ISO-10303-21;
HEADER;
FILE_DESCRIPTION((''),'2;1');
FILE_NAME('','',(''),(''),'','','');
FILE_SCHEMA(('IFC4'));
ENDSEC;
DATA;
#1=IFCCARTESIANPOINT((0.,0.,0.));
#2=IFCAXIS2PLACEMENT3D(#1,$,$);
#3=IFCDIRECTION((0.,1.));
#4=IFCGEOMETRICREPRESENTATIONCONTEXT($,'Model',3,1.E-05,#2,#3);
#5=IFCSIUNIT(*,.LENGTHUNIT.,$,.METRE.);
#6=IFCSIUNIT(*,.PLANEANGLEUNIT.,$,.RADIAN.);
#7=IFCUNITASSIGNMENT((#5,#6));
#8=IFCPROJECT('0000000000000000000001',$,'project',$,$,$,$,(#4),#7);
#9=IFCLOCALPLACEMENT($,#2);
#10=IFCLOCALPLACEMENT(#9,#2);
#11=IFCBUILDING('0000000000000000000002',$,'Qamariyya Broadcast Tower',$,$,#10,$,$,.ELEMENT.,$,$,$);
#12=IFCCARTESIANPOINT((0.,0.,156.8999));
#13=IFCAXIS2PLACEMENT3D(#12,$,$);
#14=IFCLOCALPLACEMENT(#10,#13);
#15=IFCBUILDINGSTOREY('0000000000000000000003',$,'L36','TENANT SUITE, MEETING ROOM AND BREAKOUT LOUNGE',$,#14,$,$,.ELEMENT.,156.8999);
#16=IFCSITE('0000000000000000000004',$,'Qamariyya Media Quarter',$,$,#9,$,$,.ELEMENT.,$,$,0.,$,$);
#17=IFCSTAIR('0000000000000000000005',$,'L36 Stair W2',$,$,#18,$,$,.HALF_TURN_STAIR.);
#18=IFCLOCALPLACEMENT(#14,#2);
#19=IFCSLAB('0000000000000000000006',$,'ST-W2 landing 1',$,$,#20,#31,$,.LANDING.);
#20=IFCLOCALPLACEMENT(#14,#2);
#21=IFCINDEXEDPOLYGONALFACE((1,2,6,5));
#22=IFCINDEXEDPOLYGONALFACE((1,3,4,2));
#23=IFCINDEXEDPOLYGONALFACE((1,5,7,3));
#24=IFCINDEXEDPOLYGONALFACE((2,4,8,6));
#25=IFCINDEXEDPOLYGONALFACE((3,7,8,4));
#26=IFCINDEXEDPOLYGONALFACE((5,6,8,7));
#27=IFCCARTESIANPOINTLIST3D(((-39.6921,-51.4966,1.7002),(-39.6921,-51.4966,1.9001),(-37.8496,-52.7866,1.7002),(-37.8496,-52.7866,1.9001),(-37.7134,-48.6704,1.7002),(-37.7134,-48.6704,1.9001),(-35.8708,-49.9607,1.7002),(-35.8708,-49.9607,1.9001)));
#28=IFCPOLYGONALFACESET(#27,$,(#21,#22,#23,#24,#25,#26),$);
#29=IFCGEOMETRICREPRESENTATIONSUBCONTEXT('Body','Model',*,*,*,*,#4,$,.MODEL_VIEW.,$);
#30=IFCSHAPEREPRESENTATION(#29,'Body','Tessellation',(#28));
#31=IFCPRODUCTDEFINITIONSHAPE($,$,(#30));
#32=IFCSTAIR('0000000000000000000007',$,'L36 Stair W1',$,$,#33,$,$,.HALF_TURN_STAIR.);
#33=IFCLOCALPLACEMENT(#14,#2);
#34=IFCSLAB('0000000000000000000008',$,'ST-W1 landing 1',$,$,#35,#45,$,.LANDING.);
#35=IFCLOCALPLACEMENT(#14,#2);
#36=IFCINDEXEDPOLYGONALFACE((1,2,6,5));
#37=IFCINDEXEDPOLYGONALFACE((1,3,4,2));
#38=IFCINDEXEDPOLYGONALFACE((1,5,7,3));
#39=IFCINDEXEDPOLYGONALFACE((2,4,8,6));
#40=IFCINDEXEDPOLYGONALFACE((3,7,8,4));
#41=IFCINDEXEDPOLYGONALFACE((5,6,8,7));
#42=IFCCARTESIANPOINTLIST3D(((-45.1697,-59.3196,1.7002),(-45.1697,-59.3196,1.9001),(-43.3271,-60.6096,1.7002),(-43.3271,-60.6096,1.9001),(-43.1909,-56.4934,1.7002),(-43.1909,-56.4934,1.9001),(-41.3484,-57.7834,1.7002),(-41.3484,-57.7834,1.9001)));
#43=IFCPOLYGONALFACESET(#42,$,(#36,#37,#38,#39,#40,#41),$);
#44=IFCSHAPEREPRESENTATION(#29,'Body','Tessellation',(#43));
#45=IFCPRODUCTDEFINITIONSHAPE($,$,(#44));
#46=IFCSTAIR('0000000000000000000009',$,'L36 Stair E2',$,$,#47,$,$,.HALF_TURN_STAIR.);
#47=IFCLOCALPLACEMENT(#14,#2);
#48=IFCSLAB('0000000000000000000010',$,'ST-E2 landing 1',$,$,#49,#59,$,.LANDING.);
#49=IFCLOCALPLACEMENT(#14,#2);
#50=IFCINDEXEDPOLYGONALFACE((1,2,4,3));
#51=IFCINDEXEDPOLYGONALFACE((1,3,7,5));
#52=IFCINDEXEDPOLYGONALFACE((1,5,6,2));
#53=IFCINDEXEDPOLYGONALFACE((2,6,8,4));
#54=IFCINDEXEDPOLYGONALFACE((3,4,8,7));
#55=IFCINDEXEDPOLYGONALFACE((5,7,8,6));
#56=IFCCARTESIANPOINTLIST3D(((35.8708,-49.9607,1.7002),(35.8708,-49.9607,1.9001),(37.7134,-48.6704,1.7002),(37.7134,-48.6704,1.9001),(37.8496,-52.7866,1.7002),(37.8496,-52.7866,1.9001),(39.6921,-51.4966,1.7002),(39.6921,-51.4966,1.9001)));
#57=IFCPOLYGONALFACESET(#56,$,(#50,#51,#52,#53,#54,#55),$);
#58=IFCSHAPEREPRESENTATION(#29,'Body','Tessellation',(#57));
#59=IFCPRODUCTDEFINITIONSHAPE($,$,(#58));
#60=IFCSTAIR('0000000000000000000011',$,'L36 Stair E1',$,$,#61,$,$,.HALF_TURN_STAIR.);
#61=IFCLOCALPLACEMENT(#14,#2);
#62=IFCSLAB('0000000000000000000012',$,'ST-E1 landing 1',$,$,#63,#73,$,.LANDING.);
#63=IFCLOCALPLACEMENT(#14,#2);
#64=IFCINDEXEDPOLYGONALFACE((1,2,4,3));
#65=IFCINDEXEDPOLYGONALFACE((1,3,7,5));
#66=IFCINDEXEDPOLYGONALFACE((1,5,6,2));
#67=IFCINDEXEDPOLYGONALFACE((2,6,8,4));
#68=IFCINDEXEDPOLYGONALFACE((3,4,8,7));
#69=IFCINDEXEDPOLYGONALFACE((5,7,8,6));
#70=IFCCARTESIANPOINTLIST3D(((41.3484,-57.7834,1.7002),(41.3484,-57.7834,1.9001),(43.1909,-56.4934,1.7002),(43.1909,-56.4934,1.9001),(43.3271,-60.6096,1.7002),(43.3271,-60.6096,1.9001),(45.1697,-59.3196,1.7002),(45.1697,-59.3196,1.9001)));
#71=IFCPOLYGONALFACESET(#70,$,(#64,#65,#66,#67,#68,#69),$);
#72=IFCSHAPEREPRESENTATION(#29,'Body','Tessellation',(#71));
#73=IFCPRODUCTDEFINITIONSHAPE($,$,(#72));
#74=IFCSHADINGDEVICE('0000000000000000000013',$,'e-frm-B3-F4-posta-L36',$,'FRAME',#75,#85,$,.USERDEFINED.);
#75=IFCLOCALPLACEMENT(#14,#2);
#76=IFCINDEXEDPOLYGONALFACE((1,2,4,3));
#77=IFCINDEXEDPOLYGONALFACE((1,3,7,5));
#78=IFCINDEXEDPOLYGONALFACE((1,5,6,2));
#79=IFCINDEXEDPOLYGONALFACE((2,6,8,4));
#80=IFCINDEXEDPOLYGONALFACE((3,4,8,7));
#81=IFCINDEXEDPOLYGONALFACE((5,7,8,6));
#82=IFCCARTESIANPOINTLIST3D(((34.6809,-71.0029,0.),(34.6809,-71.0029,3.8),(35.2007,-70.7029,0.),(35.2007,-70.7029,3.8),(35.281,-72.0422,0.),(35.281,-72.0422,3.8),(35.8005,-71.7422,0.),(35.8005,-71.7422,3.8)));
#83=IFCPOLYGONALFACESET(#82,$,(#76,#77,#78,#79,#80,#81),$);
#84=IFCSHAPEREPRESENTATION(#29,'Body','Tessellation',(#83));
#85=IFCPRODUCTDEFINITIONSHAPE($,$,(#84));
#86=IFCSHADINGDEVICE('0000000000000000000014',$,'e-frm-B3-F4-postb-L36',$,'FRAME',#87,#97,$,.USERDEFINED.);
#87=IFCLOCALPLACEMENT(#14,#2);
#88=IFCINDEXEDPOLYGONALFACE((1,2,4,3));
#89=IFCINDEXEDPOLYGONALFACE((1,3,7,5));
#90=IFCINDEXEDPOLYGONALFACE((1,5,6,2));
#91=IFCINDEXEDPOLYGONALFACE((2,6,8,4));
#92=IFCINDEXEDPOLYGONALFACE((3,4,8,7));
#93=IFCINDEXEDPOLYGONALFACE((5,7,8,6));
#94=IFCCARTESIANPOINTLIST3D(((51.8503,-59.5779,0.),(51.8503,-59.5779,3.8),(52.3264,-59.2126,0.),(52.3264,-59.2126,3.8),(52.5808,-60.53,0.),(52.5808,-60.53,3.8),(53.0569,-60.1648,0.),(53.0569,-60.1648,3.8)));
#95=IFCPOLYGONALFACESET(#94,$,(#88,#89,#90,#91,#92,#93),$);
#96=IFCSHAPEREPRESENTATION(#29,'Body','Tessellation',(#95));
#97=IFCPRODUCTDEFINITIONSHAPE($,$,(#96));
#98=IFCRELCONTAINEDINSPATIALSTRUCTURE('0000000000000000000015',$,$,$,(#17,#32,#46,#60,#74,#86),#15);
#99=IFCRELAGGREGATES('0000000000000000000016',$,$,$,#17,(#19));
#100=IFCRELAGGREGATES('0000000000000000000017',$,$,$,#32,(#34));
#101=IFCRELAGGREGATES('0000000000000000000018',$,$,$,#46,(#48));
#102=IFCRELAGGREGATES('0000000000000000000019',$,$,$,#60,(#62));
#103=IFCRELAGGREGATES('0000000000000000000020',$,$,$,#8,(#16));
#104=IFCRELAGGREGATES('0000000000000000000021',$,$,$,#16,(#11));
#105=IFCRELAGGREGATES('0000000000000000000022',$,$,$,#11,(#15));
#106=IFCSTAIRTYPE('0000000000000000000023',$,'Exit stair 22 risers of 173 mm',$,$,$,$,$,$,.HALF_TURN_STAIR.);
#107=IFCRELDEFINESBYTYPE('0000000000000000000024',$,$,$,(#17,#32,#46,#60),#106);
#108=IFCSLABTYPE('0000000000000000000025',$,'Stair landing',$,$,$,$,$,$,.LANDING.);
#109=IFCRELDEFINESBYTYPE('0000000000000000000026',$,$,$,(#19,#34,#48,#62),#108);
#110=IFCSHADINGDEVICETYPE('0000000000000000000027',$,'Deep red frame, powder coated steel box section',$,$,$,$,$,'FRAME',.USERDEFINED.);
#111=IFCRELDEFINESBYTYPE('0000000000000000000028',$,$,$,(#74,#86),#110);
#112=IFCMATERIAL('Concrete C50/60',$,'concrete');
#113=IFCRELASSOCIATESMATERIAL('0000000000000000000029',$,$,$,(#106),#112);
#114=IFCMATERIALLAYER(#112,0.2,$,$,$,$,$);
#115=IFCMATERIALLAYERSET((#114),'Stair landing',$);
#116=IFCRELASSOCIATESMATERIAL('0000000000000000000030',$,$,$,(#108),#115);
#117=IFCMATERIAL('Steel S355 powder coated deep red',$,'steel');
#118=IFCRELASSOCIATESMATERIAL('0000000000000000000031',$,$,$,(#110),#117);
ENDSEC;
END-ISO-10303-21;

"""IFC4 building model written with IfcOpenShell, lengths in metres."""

from ifc_helpers import new_model, si_unit, direction, frame, origin, place, context, subcontext, project, spatial, polyline, outline, extrude, material, layer, layer_set, type_object, element, aggregate, save


model = new_model("IFC4")

# Units and contexts
model_context = context("Model", 3, precision=1e-05, world=origin(), true_north=direction((0.0, 1.0)))
body_context = subcontext(model_context, "Body", "Model", "MODEL_VIEW")
ifc_project = project(units=[si_unit("LENGTHUNIT", "METRE"), si_unit("PLANEANGLEUNIT", "RADIAN")], contexts=[model_context])

# Site, building, storey
site_placement = place(None, origin())
building_placement = place(site_placement, origin())
storey_placement = place(building_placement, frame((0.0, 0.0, 156.8999)))
site = spatial("IfcSite", under=ifc_project, at=site_placement, Name="Qamariyya Media Quarter", CompositionType="ELEMENT", RefElevation=0.0)
building = spatial("IfcBuilding", under=site, at=building_placement, Name="Qamariyya Broadcast Tower", CompositionType="ELEMENT")
storey = spatial("IfcBuildingStorey", under=building, at=storey_placement, Name="L36", Description="TENANT SUITE, MEETING ROOM AND BREAKOUT LOUNGE", CompositionType="ELEMENT", Elevation=156.8999)

# Stairs, slabs
ifc_material_1 = material(Name="Concrete C50/60", Category="concrete")
stair_type = type_object("IfcStairType", Name="Exit stair 22 risers of 173 mm", PredefinedType="HALF_TURN_STAIR", material=ifc_material_1)
stair_1_placement = place(storey_placement, origin())
stair_1 = element("IfcStair", 1, at=stair_1_placement, inside=storey, type_object=stair_type, Name="L36 Stair W2", PredefinedType="HALF_TURN_STAIR")
ifc_layer_1 = layer(ifc_material_1, 0.2)
ifc_layer_set_1 = layer_set([ifc_layer_1], Name="Stair landing")
slab_type_1 = type_object("IfcSlabType", Name="Stair landing", PredefinedType="LANDING", material=ifc_layer_set_1)
slab_1_placement = place(storey_placement, frame((0.0, 0.0, 1.7002)))
slab_1 = element("IfcSlab", 2, at=slab_1_placement, type_object=slab_type_1, Name="ST-W2 landing 1", PredefinedType="LANDING", context=body_context, shape_type="SweptSolid", body=[
    extrude(outline(polyline([(-39.6921, -51.4966), (-37.8496, -52.7866), (-35.8708, -49.9607), (-37.7134, -48.6704), (-39.6921, -51.4966)])), origin(), (0.0, 0.0, 1.0), 0.2),
])
aggregate(stair_1, [slab_1])
stair_2_placement = place(storey_placement, origin())
stair_2 = element("IfcStair", 3, at=stair_2_placement, inside=storey, type_object=stair_type, Name="L36 Stair W1", PredefinedType="HALF_TURN_STAIR")
slab_2_placement = place(storey_placement, frame((0.0, 0.0, 1.7002)))
slab_2 = element("IfcSlab", 4, at=slab_2_placement, type_object=slab_type_1, Name="ST-W1 landing 1", PredefinedType="LANDING", context=body_context, shape_type="SweptSolid", body=[
    extrude(outline(polyline([(-45.1697, -59.3196), (-43.3271, -60.6096), (-41.3484, -57.7834), (-43.1909, -56.4934), (-45.1697, -59.3196)])), origin(), (0.0, 0.0, 1.0), 0.2),
])
aggregate(stair_2, [slab_2])
stair_3_placement = place(storey_placement, origin())
stair_3 = element("IfcStair", 5, at=stair_3_placement, inside=storey, type_object=stair_type, Name="L36 Stair E2", PredefinedType="HALF_TURN_STAIR")
slab_3_placement = place(storey_placement, frame((0.0, 0.0, 1.7002)))
slab_3 = element("IfcSlab", 6, at=slab_3_placement, type_object=slab_type_1, Name="ST-E2 landing 1", PredefinedType="LANDING", context=body_context, shape_type="SweptSolid", body=[
    extrude(outline(polyline([(37.7134, -48.6704), (35.8708, -49.9607), (37.8496, -52.7866), (39.6921, -51.4966), (37.7134, -48.6704)])), origin(), (0.0, 0.0, 1.0), 0.2),
])
aggregate(stair_3, [slab_3])
stair_4_placement = place(storey_placement, origin())
stair_4 = element("IfcStair", 7, at=stair_4_placement, inside=storey, type_object=stair_type, Name="L36 Stair E1", PredefinedType="HALF_TURN_STAIR")
slab_4_placement = place(storey_placement, frame((0.0, 0.0, 1.7002)))
slab_4 = element("IfcSlab", 8, at=slab_4_placement, type_object=slab_type_1, Name="ST-E1 landing 1", PredefinedType="LANDING", context=body_context, shape_type="SweptSolid", body=[
    extrude(outline(polyline([(43.1909, -56.4934), (41.3484, -57.7834), (43.3271, -60.6096), (45.1697, -59.3196), (43.1909, -56.4934)])), origin(), (0.0, 0.0, 1.0), 0.2),
])
aggregate(stair_4, [slab_4])

# Shading devices
ifc_material_2 = material(Name="Steel S355 powder coated deep red", Category="steel")
shading_device_type = type_object("IfcShadingDeviceType", Name="Deep red frame, powder coated steel box section", ElementType="FRAME", PredefinedType="USERDEFINED", material=ifc_material_2)
shading_device_1_placement = place(storey_placement, origin())
element("IfcShadingDevice", 9, at=shading_device_1_placement, inside=storey, type_object=shading_device_type, Name="e-frm-B3-F4-posta-L36", ObjectType="FRAME", PredefinedType="USERDEFINED", context=body_context, shape_type="SweptSolid", body=[
    extrude(outline(polyline([(34.6809, -71.0029), (35.281, -72.0422), (35.8005, -71.7422), (35.2007, -70.7029), (34.6809, -71.0029)])), origin(), (0.0, 0.0, 1.0), 3.8),
])
shading_device_2_placement = place(storey_placement, origin())
element("IfcShadingDevice", 10, at=shading_device_2_placement, inside=storey, type_object=shading_device_type, Name="e-frm-B3-F4-postb-L36", ObjectType="FRAME", PredefinedType="USERDEFINED", context=body_context, shape_type="SweptSolid", body=[
    extrude(outline(polyline([(51.8503, -59.5779), (52.5808, -60.53), (53.0569, -60.1648), (52.3264, -59.2126), (51.8503, -59.5779)])), origin(), (0.0, 0.0, 1.0), 3.8),
])

save(model, "model.ifc")
